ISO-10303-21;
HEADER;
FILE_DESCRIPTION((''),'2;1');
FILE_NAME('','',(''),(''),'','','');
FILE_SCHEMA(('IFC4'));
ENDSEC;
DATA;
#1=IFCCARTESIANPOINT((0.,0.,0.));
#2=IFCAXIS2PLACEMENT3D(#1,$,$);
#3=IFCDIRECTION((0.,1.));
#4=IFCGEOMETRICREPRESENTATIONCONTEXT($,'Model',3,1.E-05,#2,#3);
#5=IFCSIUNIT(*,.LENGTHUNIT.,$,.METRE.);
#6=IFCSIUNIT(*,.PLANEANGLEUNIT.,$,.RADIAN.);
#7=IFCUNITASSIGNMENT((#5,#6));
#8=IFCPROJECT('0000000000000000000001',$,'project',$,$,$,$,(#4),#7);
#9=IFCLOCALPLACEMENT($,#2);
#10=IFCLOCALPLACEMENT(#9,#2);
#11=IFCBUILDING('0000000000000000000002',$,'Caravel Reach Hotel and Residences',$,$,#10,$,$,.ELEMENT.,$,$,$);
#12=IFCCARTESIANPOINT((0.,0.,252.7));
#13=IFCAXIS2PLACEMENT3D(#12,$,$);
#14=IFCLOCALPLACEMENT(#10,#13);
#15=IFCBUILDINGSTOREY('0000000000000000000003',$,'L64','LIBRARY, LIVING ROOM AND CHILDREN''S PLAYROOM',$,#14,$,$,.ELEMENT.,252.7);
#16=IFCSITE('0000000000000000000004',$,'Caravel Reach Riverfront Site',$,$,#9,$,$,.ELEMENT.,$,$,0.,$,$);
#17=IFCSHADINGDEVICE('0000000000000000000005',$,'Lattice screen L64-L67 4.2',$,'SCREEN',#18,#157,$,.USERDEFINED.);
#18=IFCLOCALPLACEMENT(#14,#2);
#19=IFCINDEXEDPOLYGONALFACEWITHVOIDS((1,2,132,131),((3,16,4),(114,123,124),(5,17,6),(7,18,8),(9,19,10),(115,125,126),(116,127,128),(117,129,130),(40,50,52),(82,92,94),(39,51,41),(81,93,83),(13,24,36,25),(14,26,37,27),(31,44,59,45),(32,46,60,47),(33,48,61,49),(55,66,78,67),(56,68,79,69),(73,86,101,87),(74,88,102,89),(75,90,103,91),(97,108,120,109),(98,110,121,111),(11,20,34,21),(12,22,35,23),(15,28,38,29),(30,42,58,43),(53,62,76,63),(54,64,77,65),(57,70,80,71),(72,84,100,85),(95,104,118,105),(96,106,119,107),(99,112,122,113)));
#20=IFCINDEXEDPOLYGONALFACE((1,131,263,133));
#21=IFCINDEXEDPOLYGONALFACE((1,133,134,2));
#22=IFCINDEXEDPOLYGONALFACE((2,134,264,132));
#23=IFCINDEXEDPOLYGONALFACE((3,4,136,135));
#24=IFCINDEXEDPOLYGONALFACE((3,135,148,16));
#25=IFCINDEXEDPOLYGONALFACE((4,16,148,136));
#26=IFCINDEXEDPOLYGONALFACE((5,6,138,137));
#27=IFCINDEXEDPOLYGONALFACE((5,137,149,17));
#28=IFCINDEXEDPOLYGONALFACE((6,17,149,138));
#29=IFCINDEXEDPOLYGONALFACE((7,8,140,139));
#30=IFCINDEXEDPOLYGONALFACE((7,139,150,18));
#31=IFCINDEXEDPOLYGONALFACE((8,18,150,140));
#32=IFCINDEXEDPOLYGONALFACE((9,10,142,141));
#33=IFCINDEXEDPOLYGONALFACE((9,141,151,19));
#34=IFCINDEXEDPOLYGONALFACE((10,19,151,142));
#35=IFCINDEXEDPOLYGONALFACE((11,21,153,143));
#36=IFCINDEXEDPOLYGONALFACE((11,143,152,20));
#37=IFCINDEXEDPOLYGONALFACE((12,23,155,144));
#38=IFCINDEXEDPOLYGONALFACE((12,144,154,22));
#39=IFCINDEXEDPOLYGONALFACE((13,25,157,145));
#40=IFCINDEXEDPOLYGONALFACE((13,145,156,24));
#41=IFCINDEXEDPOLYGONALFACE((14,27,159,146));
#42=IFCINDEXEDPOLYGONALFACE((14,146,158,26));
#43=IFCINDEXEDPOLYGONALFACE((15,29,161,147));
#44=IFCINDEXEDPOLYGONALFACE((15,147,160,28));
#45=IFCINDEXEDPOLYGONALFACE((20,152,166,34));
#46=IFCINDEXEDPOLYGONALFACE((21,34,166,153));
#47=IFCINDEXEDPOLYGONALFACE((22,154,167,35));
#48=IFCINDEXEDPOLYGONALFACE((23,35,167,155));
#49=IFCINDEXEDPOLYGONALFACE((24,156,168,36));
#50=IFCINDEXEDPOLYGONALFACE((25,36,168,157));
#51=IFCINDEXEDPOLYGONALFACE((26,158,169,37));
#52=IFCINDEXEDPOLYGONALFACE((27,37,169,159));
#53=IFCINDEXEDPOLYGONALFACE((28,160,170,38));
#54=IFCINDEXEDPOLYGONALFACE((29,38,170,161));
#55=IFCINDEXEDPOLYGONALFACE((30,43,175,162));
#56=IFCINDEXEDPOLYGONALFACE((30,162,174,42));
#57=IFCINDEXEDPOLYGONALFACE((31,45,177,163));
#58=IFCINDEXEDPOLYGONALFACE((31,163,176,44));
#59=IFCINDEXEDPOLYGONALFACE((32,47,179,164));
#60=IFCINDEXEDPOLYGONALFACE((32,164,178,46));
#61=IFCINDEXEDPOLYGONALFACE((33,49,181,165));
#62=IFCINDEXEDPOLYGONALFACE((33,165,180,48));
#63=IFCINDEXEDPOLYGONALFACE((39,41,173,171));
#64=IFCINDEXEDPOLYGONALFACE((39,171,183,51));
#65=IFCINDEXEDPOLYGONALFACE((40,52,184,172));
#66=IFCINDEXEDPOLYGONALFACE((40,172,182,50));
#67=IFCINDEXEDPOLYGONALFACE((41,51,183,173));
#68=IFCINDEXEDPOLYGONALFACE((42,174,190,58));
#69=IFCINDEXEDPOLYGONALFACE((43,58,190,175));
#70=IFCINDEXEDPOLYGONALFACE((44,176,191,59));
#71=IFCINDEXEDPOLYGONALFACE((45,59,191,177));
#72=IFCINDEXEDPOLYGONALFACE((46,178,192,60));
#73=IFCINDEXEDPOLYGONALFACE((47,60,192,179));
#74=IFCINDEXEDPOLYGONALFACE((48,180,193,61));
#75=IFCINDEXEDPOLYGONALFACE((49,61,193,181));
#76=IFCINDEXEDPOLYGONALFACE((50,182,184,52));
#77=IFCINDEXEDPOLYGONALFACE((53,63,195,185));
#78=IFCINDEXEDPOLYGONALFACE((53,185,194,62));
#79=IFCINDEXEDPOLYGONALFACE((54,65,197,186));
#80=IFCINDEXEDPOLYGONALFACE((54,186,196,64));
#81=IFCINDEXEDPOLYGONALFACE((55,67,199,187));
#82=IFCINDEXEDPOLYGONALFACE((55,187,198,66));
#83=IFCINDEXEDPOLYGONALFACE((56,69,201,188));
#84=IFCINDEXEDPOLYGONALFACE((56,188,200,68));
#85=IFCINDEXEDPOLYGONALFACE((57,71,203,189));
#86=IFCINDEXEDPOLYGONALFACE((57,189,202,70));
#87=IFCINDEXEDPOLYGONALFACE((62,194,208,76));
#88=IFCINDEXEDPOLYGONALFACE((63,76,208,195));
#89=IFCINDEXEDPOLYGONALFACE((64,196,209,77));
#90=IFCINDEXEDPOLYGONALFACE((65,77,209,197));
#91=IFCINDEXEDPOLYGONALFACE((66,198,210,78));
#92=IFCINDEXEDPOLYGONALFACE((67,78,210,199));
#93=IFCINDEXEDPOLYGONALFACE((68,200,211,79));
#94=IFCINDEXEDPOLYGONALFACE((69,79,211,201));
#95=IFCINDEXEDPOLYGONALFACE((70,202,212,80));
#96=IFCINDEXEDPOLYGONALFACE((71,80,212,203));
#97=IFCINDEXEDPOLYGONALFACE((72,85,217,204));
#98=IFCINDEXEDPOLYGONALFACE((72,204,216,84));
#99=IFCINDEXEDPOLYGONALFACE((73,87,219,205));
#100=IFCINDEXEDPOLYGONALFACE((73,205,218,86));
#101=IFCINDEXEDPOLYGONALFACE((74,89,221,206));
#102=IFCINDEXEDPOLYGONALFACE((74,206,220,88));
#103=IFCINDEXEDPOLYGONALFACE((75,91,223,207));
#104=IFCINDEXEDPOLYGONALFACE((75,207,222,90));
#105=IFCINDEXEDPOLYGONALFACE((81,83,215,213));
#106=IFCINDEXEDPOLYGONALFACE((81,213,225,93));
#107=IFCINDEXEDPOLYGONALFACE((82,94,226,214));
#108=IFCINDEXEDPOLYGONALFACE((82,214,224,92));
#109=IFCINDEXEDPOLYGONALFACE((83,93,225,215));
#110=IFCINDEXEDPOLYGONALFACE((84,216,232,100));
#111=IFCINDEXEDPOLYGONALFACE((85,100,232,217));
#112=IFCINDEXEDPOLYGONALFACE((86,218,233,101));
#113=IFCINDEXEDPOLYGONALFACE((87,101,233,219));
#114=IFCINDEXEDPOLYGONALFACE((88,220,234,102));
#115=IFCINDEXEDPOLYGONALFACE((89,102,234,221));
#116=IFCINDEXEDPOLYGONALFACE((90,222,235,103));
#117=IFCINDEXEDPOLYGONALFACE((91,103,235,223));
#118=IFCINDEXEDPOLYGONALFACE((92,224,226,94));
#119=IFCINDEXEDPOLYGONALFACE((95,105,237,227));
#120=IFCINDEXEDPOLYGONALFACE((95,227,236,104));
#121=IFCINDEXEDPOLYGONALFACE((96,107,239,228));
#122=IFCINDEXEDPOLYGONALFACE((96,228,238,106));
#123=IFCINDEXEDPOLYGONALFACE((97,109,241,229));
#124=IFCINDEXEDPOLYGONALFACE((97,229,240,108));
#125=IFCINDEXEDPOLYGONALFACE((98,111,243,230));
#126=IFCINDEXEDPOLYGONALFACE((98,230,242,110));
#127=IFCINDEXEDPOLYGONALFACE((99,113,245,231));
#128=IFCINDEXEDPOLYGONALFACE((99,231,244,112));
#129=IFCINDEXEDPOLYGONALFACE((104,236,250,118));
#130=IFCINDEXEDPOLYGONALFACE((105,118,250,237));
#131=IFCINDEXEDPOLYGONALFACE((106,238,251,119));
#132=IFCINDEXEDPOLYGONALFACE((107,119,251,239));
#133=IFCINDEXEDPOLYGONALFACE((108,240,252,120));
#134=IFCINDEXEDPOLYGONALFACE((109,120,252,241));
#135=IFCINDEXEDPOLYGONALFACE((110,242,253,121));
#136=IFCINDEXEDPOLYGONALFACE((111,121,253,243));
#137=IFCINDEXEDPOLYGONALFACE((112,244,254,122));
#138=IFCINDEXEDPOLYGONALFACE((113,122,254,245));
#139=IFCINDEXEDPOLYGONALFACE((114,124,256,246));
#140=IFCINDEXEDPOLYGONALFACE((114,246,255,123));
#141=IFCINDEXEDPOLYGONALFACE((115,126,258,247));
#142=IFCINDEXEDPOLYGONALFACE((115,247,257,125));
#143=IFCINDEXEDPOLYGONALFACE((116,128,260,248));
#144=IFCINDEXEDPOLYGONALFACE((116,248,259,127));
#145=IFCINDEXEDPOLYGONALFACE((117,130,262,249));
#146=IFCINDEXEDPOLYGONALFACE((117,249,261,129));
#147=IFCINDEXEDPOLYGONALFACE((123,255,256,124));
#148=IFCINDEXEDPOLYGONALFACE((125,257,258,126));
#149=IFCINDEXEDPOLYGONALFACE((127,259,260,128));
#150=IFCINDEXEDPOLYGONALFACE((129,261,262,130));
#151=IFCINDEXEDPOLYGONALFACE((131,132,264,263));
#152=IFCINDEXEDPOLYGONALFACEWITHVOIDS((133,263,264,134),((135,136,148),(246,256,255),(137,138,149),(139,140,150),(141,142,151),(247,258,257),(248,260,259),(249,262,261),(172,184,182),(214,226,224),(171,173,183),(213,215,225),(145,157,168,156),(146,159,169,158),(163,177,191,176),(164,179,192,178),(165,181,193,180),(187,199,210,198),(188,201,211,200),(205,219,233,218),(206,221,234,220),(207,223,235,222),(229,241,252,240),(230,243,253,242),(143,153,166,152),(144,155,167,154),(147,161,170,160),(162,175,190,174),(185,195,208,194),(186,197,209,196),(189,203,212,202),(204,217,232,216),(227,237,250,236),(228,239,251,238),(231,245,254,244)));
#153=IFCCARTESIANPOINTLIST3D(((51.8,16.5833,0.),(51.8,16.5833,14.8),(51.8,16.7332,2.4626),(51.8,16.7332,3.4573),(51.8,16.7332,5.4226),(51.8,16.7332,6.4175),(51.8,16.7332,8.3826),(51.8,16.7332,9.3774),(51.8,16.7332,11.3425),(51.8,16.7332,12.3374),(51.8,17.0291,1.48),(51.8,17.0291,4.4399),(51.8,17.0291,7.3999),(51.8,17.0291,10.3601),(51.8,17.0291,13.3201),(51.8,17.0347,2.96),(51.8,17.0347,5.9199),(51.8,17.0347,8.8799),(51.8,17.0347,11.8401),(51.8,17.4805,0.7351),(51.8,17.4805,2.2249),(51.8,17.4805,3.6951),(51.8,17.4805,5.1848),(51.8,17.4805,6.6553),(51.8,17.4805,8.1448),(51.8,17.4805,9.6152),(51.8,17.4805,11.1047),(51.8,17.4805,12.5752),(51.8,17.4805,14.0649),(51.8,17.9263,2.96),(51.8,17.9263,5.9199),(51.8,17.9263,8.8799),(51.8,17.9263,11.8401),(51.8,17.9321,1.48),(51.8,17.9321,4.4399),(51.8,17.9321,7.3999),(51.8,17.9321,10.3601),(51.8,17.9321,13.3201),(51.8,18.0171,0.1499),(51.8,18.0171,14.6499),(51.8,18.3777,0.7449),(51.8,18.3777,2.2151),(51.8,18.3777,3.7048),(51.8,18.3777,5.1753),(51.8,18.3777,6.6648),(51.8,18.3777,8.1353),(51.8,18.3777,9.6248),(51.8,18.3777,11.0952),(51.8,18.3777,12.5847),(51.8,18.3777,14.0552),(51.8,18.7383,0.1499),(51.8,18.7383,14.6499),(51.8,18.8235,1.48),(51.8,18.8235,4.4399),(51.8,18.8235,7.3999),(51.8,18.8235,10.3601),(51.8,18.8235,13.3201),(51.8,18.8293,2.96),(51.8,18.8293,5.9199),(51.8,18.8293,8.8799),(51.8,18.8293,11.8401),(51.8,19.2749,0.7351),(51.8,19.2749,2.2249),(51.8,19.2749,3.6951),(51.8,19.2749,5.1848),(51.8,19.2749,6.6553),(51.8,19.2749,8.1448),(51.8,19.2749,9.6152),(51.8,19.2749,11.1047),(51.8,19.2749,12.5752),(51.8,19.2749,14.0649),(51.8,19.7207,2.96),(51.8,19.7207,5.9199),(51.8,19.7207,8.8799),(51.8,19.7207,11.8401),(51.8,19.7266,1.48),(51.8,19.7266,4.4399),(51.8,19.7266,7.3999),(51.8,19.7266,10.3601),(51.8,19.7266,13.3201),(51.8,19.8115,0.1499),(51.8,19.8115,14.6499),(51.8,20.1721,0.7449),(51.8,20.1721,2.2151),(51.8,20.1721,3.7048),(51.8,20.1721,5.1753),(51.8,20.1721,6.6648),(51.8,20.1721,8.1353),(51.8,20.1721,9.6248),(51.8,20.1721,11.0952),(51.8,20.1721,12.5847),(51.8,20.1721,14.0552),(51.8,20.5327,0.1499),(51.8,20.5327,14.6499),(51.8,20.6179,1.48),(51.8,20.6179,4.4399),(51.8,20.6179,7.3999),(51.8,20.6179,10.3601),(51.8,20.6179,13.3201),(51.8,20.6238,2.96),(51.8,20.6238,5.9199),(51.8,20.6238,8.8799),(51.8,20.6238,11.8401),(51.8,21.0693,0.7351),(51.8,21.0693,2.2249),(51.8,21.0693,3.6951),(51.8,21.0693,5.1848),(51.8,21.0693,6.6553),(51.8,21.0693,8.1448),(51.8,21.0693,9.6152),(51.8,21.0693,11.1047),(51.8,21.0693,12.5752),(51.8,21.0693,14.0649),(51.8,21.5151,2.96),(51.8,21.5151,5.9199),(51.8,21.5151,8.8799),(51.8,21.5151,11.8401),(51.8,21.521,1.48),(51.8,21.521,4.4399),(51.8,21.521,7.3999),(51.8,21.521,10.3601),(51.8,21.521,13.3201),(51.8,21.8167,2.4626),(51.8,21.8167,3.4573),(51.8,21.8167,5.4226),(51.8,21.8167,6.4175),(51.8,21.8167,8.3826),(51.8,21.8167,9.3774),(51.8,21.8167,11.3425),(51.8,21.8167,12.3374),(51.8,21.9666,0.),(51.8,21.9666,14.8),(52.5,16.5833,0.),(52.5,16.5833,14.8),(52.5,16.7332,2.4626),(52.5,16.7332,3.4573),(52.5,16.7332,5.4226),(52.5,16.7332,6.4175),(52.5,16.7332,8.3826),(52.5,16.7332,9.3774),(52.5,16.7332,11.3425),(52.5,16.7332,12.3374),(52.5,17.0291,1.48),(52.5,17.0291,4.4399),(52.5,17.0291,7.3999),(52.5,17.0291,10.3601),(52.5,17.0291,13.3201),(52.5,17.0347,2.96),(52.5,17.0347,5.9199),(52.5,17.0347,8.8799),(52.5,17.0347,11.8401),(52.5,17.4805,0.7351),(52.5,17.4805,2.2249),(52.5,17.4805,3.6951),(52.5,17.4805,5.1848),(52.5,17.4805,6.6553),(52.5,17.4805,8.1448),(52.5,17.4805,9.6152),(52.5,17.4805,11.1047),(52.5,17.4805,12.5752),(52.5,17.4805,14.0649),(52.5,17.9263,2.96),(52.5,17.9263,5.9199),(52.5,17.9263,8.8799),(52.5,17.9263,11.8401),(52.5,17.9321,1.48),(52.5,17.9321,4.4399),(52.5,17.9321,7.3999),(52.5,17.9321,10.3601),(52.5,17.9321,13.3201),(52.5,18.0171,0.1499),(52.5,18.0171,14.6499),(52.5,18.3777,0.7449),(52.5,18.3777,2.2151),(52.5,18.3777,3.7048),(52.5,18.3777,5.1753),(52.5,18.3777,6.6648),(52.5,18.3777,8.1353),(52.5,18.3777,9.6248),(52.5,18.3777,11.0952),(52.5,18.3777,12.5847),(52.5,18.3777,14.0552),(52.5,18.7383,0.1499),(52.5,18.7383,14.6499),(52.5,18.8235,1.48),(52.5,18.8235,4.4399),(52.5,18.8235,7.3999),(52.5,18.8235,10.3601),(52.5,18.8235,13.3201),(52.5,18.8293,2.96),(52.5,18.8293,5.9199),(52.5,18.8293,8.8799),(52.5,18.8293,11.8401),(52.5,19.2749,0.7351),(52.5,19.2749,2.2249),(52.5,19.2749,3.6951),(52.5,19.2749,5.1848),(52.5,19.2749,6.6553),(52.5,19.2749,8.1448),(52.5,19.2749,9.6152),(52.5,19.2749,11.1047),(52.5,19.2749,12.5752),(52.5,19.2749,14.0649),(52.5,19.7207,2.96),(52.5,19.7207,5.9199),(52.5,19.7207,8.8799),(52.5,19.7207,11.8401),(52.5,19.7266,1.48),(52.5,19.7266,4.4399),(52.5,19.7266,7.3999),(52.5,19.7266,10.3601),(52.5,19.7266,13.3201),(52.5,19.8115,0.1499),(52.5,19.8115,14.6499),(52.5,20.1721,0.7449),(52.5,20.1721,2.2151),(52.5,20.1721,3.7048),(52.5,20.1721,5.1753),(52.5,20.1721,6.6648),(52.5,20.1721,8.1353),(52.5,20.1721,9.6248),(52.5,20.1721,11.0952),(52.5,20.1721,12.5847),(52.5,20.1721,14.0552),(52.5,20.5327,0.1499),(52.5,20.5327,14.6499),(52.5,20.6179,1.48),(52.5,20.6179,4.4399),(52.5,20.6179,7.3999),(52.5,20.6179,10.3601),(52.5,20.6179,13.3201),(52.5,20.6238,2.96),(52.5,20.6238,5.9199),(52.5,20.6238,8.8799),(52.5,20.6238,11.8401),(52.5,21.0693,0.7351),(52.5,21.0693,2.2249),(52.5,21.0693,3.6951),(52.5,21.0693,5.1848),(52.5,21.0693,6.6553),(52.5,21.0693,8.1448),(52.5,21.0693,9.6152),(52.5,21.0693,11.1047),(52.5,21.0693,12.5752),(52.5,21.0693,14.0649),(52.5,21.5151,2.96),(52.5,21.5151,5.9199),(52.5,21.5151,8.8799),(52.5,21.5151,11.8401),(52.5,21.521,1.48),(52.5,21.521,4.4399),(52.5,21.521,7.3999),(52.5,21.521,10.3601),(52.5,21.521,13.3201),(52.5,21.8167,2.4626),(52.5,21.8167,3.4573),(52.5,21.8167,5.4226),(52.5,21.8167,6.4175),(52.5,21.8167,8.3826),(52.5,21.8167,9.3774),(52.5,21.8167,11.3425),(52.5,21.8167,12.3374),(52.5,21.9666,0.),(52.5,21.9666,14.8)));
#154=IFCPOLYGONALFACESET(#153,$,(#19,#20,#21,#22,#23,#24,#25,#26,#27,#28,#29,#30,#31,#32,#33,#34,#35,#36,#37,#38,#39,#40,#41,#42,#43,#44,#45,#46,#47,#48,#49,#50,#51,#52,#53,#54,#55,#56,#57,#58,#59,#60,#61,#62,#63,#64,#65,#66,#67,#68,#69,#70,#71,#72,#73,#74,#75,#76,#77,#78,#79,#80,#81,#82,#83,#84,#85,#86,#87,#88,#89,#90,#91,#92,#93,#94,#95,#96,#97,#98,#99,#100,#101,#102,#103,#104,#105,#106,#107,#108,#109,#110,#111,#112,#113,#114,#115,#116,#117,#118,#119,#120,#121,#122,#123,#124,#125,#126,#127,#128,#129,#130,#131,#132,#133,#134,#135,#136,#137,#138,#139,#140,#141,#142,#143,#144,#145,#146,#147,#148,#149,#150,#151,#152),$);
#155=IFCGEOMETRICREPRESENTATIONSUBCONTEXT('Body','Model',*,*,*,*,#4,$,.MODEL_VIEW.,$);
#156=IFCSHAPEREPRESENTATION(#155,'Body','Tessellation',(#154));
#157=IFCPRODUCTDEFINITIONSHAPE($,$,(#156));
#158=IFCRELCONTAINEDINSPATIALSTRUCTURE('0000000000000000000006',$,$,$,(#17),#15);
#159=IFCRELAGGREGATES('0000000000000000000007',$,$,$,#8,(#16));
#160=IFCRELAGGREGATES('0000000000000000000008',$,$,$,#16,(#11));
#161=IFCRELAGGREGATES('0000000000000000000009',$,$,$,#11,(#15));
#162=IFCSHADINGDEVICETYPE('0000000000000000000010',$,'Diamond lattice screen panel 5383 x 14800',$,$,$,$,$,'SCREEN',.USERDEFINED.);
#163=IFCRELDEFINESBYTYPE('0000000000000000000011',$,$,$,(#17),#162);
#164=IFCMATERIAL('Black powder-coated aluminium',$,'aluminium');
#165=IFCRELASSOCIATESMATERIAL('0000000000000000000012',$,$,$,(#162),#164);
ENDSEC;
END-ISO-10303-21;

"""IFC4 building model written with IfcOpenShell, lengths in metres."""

from ifc_helpers import new_model, si_unit, direction, frame, origin, place, context, subcontext, project, spatial, polyline, outline, extrude, material, type_object, element, save


model = new_model("IFC4")

# Units and contexts
model_context = context("Model", 3, precision=1e-05, world=origin(), true_north=direction((0.0, 1.0)))
body_context = subcontext(model_context, "Body", "Model", "MODEL_VIEW")
ifc_project = project(units=[si_unit("LENGTHUNIT", "METRE"), si_unit("PLANEANGLEUNIT", "RADIAN")], contexts=[model_context])

# Site, building, storey
site_placement = place(None, origin())
site = spatial("IfcSite", under=ifc_project, at=site_placement, Name="Caravel Reach Riverfront Site", CompositionType="ELEMENT", RefElevation=0.0)
building_placement = place(site_placement, origin())
building = spatial("IfcBuilding", under=site, at=building_placement, Name="Caravel Reach Hotel and Residences", CompositionType="ELEMENT")
storey_placement = place(building_placement, frame((0.0, 0.0, 252.7)))
storey = spatial("IfcBuildingStorey", under=building, at=storey_placement, Name="L64", Description="LIBRARY, LIVING ROOM AND CHILDREN'S PLAYROOM", CompositionType="ELEMENT", Elevation=252.7)

# Shading device
ifc_material_1 = material(Name="Black powder-coated aluminium", Category="aluminium")
shading_device_type_1 = type_object("IfcShadingDeviceType", Name="Diamond lattice screen panel 5383 x 14800", ElementType="SCREEN", PredefinedType="USERDEFINED", material=ifc_material_1)
shading_device_1_placement = place(storey_placement, frame((51.8, 16.5833, 0.0), z_axis=(1.0, 0.0, 0.0), x_axis=(0.0, 1.0, 0.0)))
element("IfcShadingDevice", 1, at=shading_device_1_placement, inside=storey, type_object=shading_device_type_1, Name="Lattice screen L64-L67 4.2", ObjectType="SCREEN", PredefinedType="USERDEFINED", context=body_context, shape_type="SweptSolid", body=[
    extrude(outline(polyline([(0.0, 0.0), (5.3833, 0.0), (5.3833, 14.8), (0.0, 14.8), (0.0, 0.0)]), holes=[polyline([(0.4514, 2.96), (0.1499, 3.4573), (0.1499, 2.4626), (0.4514, 2.96)]), polyline([(0.4514, 5.9199), (0.1499, 6.4175), (0.1499, 5.4226), (0.4514, 5.9199)]), polyline([(0.4514, 8.8799), (0.1499, 9.3774), (0.1499, 8.3826), (0.4514, 8.8799)]), polyline([(0.4514, 11.8401), (0.1499, 12.3374), (0.1499, 11.3425), (0.4514, 11.8401)]), polyline([(0.8972, 2.2249), (0.4458, 1.48), (0.8972, 0.7351), (1.3489, 1.48), (0.8972, 2.2249)]), polyline([(0.8972, 5.1848), (0.4458, 4.4399), (0.8972, 3.6951), (1.3489, 4.4399), (0.8972, 5.1848)]), polyline([(0.8972, 8.1448), (0.4458, 7.3999), (0.8972, 6.6553), (1.3489, 7.3999), (0.8972, 8.1448)]), polyline([(0.8972, 11.1047), (0.4458, 10.3601), (0.8972, 9.6152), (1.3489, 10.3601), (0.8972, 11.1047)]), polyline([(0.8972, 14.0649), (0.4458, 13.3201), (0.8972, 12.5752), (1.3489, 13.3201), (0.8972, 14.0649)]), polyline([(1.7944, 0.7449), (1.4338, 0.1499), (2.155, 0.1499), (1.7944, 0.7449)]), polyline([(1.7944, 3.7048), (1.343, 2.96), (1.7944, 2.2151), (2.2461, 2.96), (1.7944, 3.7048)]), polyline([(1.7944, 6.6648), (1.343, 5.9199), (1.7944, 5.1753), (2.2461, 5.9199), (1.7944, 6.6648)]), polyline([(1.7944, 9.6248), (1.343, 8.8799), (1.7944, 8.1353), (2.2461, 8.8799), (1.7944, 9.6248)]), polyline([(1.7944, 12.5847), (1.343, 11.8401), (1.7944, 11.0952), (2.2461, 11.8401), (1.7944, 12.5847)]), polyline([(1.7944, 14.0552), (2.155, 14.6499), (1.4338, 14.6499), (1.7944, 14.0552)]), polyline([(2.6917, 2.2249), (2.2402, 1.48), (2.6917, 0.7351), (3.1433, 1.48), (2.6917, 2.2249)]), polyline([(2.6917, 5.1848), (2.2402, 4.4399), (2.6917, 3.6951), (3.1433, 4.4399), (2.6917, 5.1848)]), polyline([(2.6917, 8.1448), (2.2402, 7.3999), (2.6917, 6.6553), (3.1433, 7.3999), (2.6917, 8.1448)]), polyline([(2.6917, 11.1047), (2.2402, 10.3601), (2.6917, 9.6152), (3.1433, 10.3601), (2.6917, 11.1047)]), polyline([(2.6917, 14.0649), (2.2402, 13.3201), (2.6917, 12.5752), (3.1433, 13.3201), (2.6917, 14.0649)]), polyline([(3.5889, 0.7449), (3.2283, 0.1499), (3.9495, 0.1499), (3.5889, 0.7449)]), polyline([(3.5889, 3.7048), (3.1375, 2.96), (3.5889, 2.2151), (4.0405, 2.96), (3.5889, 3.7048)]), polyline([(3.5889, 6.6648), (3.1375, 5.9199), (3.5889, 5.1753), (4.0405, 5.9199), (3.5889, 6.6648)]), polyline([(3.5889, 9.6248), (3.1375, 8.8799), (3.5889, 8.1353), (4.0405, 8.8799), (3.5889, 9.6248)]), polyline([(3.5889, 12.5847), (3.1375, 11.8401), (3.5889, 11.0952), (4.0405, 11.8401), (3.5889, 12.5847)]), polyline([(3.5889, 14.0552), (3.9495, 14.6499), (3.2283, 14.6499), (3.5889, 14.0552)]), polyline([(4.4861, 2.2249), (4.0347, 1.48), (4.4861, 0.7351), (4.9377, 1.48), (4.4861, 2.2249)]), polyline([(4.4861, 5.1848), (4.0347, 4.4399), (4.4861, 3.6951), (4.9377, 4.4399), (4.4861, 5.1848)]), polyline([(4.4861, 8.1448), (4.0347, 7.3999), (4.4861, 6.6553), (4.9377, 7.3999), (4.4861, 8.1448)]), polyline([(4.4861, 11.1047), (4.0347, 10.3601), (4.4861, 9.6152), (4.9377, 10.3601), (4.4861, 11.1047)]), polyline([(4.4861, 14.0649), (4.0347, 13.3201), (4.4861, 12.5752), (4.9377, 13.3201), (4.4861, 14.0649)]), polyline([(4.9319, 2.96), (5.2334, 2.4626), (5.2334, 3.4573), (4.9319, 2.96)]), polyline([(4.9319, 5.9199), (5.2334, 5.4226), (5.2334, 6.4175), (4.9319, 5.9199)]), polyline([(4.9319, 8.8799), (5.2334, 8.3826), (5.2334, 9.3774), (4.9319, 8.8799)]), polyline([(4.9319, 11.8401), (5.2334, 11.3425), (5.2334, 12.3374), (4.9319, 11.8401)])]), origin(), (0.0, 0.0, 1.0), 0.7),
])

save(model, "model.ifc")
